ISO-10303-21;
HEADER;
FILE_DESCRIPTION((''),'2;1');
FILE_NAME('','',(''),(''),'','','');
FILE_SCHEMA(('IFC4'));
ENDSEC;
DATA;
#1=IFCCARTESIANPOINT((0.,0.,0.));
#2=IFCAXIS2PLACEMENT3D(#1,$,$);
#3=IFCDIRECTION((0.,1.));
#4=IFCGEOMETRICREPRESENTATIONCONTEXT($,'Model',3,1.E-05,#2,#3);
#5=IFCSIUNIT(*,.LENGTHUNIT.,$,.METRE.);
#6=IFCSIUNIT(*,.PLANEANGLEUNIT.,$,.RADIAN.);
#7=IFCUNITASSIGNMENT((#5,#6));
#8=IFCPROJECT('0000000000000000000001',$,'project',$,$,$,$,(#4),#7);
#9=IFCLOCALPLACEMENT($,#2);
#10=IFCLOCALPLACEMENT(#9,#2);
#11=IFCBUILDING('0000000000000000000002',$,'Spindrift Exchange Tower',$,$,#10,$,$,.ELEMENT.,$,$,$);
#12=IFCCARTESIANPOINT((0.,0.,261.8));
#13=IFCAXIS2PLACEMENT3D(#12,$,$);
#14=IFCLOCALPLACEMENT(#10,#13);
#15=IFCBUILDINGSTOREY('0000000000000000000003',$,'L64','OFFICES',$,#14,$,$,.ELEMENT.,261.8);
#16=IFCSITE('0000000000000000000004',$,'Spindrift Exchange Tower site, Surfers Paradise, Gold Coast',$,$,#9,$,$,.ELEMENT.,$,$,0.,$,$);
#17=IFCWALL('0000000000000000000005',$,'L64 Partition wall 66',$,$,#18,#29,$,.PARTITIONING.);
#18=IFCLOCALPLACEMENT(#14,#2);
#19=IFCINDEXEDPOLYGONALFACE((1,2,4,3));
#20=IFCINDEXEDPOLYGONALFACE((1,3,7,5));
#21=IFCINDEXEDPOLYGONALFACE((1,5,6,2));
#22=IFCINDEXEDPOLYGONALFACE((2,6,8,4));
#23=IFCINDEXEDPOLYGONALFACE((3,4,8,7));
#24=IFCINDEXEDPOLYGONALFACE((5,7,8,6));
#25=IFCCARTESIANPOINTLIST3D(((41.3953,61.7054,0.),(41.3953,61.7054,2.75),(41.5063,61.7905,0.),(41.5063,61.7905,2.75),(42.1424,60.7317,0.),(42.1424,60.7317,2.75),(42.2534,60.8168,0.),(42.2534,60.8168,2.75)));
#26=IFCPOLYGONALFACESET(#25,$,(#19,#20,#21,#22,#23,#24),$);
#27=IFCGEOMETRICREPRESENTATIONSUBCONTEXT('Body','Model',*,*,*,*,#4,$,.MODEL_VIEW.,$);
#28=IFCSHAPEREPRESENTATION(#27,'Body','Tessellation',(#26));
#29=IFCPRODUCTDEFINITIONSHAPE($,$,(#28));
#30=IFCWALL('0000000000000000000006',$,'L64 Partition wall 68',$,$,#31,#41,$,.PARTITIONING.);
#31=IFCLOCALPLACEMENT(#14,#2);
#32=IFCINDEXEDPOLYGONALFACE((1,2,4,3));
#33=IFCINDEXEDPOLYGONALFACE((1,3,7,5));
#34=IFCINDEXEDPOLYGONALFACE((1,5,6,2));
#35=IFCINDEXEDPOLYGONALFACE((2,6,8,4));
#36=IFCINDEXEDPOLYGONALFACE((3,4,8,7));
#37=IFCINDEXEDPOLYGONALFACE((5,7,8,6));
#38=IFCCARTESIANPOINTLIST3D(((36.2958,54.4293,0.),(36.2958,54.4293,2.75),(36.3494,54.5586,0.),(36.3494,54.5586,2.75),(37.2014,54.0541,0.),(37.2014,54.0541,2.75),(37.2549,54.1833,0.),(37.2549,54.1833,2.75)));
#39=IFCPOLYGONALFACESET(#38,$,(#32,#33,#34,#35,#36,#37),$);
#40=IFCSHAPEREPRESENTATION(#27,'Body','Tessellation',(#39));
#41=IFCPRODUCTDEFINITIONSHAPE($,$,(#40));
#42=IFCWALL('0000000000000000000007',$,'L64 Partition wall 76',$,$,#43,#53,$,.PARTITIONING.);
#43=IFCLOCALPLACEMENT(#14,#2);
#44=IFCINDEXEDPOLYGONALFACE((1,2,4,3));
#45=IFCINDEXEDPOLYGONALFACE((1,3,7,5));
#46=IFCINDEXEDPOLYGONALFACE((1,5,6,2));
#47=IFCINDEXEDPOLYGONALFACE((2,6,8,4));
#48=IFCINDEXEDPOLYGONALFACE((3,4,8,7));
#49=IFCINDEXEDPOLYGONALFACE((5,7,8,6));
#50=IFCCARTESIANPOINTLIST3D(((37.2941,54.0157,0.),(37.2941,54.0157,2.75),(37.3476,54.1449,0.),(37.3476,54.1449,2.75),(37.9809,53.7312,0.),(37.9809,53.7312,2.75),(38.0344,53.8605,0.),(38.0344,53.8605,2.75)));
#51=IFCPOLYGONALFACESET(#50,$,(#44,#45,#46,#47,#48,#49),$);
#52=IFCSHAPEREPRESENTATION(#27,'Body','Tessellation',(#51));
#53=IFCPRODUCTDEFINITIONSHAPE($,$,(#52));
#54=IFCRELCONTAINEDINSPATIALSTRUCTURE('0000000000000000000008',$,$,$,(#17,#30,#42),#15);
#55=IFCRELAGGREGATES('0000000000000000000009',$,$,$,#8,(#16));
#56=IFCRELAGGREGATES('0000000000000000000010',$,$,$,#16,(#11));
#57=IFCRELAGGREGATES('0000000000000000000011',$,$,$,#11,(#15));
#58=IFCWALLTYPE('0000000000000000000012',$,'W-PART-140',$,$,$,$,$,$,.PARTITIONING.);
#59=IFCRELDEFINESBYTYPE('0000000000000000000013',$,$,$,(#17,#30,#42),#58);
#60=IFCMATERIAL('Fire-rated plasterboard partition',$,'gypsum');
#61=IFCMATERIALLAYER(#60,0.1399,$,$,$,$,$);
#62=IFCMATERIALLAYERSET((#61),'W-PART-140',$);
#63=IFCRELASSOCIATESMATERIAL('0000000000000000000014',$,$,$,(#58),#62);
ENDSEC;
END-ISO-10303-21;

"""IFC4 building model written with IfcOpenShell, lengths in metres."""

from ifc_helpers import new_model, si_unit, direction, frame, frame_2d, origin, place, context, subcontext, project, spatial, rectangle, extrude, material, layer, layer_set, type_object, element, save


model = new_model("IFC4")

# Units and contexts
model_context = context("Model", 3, precision=1e-05, world=origin(), true_north=direction((0.0, 1.0)))
body_context = subcontext(model_context, "Body", "Model", "MODEL_VIEW")
ifc_project = project(units=[si_unit("LENGTHUNIT", "METRE"), si_unit("PLANEANGLEUNIT", "RADIAN")], contexts=[model_context])

# Site, building, storey
site_placement = place(None, origin())
site = spatial("IfcSite", under=ifc_project, at=site_placement, Name="Spindrift Exchange Tower site, Surfers Paradise, Gold Coast", CompositionType="ELEMENT", RefElevation=0.0)
building_placement = place(site_placement, origin())
building = spatial("IfcBuilding", under=site, at=building_placement, Name="Spindrift Exchange Tower", CompositionType="ELEMENT")
storey_placement = place(building_placement, frame((0.0, 0.0, 261.8)))
storey = spatial("IfcBuildingStorey", under=building, at=storey_placement, Name="L64", Description="OFFICES", CompositionType="ELEMENT", Elevation=261.8)

# Shared definitions
ifc_material_1 = material(Name="Fire-rated plasterboard partition", Category="gypsum")

# Shared definitions
ifc_layer_1 = layer(ifc_material_1, 0.1399)
ifc_layer_set_1 = layer_set([ifc_layer_1], Name="W-PART-140")
wall_type_1 = type_object("IfcWallType", Name="W-PART-140", PredefinedType="PARTITIONING", material=ifc_layer_set_1)

# Walls
wall_1_placement = place(storey_placement, frame((42.198, 60.7742, 0.0), z_axis=(0.0, 0.0, 1.0), x_axis=(-0.608749, 0.793363, 0.0)))
element("IfcWall", 1, at=wall_1_placement, inside=storey, type_object=wall_type_1, Name="L64 Partition wall 66", PredefinedType="PARTITIONING", context=body_context, shape_type="SweptSolid", body=[
    extrude(rectangle(XDim=1.2273, YDim=0.1399, at=frame_2d((0.6138, 0.0))), origin(), (0.0, 0.0, 1.0), 2.75),
])
wall_2_placement = place(storey_placement, frame((37.2283, 54.1187, 0.0), z_axis=(0.0, 0.0, 1.0), x_axis=(-0.923819, 0.382828, 0.0)))
element("IfcWall", 2, at=wall_2_placement, inside=storey, type_object=wall_type_1, Name="L64 Partition wall 68", PredefinedType="PARTITIONING", context=body_context, shape_type="SweptSolid", body=[
    extrude(rectangle(XDim=0.9802, YDim=0.1399, at=frame_2d((0.4902, 0.0))), origin(), (0.0, 0.0, 1.0), 2.75),
])
wall_3_placement = place(storey_placement, frame((38.0076, 53.7959, 0.0), z_axis=(0.0, 0.0, 1.0), x_axis=(-0.923901, 0.382632, 0.0)))
element("IfcWall", 3, at=wall_3_placement, inside=storey, type_object=wall_type_1, Name="L64 Partition wall 76", PredefinedType="PARTITIONING", context=body_context, shape_type="SweptSolid", body=[
    extrude(rectangle(XDim=0.7434, YDim=0.1399, at=frame_2d((0.3716, 0.0))), origin(), (0.0, 0.0, 1.0), 2.75),
])

save(model, "model.ifc")
